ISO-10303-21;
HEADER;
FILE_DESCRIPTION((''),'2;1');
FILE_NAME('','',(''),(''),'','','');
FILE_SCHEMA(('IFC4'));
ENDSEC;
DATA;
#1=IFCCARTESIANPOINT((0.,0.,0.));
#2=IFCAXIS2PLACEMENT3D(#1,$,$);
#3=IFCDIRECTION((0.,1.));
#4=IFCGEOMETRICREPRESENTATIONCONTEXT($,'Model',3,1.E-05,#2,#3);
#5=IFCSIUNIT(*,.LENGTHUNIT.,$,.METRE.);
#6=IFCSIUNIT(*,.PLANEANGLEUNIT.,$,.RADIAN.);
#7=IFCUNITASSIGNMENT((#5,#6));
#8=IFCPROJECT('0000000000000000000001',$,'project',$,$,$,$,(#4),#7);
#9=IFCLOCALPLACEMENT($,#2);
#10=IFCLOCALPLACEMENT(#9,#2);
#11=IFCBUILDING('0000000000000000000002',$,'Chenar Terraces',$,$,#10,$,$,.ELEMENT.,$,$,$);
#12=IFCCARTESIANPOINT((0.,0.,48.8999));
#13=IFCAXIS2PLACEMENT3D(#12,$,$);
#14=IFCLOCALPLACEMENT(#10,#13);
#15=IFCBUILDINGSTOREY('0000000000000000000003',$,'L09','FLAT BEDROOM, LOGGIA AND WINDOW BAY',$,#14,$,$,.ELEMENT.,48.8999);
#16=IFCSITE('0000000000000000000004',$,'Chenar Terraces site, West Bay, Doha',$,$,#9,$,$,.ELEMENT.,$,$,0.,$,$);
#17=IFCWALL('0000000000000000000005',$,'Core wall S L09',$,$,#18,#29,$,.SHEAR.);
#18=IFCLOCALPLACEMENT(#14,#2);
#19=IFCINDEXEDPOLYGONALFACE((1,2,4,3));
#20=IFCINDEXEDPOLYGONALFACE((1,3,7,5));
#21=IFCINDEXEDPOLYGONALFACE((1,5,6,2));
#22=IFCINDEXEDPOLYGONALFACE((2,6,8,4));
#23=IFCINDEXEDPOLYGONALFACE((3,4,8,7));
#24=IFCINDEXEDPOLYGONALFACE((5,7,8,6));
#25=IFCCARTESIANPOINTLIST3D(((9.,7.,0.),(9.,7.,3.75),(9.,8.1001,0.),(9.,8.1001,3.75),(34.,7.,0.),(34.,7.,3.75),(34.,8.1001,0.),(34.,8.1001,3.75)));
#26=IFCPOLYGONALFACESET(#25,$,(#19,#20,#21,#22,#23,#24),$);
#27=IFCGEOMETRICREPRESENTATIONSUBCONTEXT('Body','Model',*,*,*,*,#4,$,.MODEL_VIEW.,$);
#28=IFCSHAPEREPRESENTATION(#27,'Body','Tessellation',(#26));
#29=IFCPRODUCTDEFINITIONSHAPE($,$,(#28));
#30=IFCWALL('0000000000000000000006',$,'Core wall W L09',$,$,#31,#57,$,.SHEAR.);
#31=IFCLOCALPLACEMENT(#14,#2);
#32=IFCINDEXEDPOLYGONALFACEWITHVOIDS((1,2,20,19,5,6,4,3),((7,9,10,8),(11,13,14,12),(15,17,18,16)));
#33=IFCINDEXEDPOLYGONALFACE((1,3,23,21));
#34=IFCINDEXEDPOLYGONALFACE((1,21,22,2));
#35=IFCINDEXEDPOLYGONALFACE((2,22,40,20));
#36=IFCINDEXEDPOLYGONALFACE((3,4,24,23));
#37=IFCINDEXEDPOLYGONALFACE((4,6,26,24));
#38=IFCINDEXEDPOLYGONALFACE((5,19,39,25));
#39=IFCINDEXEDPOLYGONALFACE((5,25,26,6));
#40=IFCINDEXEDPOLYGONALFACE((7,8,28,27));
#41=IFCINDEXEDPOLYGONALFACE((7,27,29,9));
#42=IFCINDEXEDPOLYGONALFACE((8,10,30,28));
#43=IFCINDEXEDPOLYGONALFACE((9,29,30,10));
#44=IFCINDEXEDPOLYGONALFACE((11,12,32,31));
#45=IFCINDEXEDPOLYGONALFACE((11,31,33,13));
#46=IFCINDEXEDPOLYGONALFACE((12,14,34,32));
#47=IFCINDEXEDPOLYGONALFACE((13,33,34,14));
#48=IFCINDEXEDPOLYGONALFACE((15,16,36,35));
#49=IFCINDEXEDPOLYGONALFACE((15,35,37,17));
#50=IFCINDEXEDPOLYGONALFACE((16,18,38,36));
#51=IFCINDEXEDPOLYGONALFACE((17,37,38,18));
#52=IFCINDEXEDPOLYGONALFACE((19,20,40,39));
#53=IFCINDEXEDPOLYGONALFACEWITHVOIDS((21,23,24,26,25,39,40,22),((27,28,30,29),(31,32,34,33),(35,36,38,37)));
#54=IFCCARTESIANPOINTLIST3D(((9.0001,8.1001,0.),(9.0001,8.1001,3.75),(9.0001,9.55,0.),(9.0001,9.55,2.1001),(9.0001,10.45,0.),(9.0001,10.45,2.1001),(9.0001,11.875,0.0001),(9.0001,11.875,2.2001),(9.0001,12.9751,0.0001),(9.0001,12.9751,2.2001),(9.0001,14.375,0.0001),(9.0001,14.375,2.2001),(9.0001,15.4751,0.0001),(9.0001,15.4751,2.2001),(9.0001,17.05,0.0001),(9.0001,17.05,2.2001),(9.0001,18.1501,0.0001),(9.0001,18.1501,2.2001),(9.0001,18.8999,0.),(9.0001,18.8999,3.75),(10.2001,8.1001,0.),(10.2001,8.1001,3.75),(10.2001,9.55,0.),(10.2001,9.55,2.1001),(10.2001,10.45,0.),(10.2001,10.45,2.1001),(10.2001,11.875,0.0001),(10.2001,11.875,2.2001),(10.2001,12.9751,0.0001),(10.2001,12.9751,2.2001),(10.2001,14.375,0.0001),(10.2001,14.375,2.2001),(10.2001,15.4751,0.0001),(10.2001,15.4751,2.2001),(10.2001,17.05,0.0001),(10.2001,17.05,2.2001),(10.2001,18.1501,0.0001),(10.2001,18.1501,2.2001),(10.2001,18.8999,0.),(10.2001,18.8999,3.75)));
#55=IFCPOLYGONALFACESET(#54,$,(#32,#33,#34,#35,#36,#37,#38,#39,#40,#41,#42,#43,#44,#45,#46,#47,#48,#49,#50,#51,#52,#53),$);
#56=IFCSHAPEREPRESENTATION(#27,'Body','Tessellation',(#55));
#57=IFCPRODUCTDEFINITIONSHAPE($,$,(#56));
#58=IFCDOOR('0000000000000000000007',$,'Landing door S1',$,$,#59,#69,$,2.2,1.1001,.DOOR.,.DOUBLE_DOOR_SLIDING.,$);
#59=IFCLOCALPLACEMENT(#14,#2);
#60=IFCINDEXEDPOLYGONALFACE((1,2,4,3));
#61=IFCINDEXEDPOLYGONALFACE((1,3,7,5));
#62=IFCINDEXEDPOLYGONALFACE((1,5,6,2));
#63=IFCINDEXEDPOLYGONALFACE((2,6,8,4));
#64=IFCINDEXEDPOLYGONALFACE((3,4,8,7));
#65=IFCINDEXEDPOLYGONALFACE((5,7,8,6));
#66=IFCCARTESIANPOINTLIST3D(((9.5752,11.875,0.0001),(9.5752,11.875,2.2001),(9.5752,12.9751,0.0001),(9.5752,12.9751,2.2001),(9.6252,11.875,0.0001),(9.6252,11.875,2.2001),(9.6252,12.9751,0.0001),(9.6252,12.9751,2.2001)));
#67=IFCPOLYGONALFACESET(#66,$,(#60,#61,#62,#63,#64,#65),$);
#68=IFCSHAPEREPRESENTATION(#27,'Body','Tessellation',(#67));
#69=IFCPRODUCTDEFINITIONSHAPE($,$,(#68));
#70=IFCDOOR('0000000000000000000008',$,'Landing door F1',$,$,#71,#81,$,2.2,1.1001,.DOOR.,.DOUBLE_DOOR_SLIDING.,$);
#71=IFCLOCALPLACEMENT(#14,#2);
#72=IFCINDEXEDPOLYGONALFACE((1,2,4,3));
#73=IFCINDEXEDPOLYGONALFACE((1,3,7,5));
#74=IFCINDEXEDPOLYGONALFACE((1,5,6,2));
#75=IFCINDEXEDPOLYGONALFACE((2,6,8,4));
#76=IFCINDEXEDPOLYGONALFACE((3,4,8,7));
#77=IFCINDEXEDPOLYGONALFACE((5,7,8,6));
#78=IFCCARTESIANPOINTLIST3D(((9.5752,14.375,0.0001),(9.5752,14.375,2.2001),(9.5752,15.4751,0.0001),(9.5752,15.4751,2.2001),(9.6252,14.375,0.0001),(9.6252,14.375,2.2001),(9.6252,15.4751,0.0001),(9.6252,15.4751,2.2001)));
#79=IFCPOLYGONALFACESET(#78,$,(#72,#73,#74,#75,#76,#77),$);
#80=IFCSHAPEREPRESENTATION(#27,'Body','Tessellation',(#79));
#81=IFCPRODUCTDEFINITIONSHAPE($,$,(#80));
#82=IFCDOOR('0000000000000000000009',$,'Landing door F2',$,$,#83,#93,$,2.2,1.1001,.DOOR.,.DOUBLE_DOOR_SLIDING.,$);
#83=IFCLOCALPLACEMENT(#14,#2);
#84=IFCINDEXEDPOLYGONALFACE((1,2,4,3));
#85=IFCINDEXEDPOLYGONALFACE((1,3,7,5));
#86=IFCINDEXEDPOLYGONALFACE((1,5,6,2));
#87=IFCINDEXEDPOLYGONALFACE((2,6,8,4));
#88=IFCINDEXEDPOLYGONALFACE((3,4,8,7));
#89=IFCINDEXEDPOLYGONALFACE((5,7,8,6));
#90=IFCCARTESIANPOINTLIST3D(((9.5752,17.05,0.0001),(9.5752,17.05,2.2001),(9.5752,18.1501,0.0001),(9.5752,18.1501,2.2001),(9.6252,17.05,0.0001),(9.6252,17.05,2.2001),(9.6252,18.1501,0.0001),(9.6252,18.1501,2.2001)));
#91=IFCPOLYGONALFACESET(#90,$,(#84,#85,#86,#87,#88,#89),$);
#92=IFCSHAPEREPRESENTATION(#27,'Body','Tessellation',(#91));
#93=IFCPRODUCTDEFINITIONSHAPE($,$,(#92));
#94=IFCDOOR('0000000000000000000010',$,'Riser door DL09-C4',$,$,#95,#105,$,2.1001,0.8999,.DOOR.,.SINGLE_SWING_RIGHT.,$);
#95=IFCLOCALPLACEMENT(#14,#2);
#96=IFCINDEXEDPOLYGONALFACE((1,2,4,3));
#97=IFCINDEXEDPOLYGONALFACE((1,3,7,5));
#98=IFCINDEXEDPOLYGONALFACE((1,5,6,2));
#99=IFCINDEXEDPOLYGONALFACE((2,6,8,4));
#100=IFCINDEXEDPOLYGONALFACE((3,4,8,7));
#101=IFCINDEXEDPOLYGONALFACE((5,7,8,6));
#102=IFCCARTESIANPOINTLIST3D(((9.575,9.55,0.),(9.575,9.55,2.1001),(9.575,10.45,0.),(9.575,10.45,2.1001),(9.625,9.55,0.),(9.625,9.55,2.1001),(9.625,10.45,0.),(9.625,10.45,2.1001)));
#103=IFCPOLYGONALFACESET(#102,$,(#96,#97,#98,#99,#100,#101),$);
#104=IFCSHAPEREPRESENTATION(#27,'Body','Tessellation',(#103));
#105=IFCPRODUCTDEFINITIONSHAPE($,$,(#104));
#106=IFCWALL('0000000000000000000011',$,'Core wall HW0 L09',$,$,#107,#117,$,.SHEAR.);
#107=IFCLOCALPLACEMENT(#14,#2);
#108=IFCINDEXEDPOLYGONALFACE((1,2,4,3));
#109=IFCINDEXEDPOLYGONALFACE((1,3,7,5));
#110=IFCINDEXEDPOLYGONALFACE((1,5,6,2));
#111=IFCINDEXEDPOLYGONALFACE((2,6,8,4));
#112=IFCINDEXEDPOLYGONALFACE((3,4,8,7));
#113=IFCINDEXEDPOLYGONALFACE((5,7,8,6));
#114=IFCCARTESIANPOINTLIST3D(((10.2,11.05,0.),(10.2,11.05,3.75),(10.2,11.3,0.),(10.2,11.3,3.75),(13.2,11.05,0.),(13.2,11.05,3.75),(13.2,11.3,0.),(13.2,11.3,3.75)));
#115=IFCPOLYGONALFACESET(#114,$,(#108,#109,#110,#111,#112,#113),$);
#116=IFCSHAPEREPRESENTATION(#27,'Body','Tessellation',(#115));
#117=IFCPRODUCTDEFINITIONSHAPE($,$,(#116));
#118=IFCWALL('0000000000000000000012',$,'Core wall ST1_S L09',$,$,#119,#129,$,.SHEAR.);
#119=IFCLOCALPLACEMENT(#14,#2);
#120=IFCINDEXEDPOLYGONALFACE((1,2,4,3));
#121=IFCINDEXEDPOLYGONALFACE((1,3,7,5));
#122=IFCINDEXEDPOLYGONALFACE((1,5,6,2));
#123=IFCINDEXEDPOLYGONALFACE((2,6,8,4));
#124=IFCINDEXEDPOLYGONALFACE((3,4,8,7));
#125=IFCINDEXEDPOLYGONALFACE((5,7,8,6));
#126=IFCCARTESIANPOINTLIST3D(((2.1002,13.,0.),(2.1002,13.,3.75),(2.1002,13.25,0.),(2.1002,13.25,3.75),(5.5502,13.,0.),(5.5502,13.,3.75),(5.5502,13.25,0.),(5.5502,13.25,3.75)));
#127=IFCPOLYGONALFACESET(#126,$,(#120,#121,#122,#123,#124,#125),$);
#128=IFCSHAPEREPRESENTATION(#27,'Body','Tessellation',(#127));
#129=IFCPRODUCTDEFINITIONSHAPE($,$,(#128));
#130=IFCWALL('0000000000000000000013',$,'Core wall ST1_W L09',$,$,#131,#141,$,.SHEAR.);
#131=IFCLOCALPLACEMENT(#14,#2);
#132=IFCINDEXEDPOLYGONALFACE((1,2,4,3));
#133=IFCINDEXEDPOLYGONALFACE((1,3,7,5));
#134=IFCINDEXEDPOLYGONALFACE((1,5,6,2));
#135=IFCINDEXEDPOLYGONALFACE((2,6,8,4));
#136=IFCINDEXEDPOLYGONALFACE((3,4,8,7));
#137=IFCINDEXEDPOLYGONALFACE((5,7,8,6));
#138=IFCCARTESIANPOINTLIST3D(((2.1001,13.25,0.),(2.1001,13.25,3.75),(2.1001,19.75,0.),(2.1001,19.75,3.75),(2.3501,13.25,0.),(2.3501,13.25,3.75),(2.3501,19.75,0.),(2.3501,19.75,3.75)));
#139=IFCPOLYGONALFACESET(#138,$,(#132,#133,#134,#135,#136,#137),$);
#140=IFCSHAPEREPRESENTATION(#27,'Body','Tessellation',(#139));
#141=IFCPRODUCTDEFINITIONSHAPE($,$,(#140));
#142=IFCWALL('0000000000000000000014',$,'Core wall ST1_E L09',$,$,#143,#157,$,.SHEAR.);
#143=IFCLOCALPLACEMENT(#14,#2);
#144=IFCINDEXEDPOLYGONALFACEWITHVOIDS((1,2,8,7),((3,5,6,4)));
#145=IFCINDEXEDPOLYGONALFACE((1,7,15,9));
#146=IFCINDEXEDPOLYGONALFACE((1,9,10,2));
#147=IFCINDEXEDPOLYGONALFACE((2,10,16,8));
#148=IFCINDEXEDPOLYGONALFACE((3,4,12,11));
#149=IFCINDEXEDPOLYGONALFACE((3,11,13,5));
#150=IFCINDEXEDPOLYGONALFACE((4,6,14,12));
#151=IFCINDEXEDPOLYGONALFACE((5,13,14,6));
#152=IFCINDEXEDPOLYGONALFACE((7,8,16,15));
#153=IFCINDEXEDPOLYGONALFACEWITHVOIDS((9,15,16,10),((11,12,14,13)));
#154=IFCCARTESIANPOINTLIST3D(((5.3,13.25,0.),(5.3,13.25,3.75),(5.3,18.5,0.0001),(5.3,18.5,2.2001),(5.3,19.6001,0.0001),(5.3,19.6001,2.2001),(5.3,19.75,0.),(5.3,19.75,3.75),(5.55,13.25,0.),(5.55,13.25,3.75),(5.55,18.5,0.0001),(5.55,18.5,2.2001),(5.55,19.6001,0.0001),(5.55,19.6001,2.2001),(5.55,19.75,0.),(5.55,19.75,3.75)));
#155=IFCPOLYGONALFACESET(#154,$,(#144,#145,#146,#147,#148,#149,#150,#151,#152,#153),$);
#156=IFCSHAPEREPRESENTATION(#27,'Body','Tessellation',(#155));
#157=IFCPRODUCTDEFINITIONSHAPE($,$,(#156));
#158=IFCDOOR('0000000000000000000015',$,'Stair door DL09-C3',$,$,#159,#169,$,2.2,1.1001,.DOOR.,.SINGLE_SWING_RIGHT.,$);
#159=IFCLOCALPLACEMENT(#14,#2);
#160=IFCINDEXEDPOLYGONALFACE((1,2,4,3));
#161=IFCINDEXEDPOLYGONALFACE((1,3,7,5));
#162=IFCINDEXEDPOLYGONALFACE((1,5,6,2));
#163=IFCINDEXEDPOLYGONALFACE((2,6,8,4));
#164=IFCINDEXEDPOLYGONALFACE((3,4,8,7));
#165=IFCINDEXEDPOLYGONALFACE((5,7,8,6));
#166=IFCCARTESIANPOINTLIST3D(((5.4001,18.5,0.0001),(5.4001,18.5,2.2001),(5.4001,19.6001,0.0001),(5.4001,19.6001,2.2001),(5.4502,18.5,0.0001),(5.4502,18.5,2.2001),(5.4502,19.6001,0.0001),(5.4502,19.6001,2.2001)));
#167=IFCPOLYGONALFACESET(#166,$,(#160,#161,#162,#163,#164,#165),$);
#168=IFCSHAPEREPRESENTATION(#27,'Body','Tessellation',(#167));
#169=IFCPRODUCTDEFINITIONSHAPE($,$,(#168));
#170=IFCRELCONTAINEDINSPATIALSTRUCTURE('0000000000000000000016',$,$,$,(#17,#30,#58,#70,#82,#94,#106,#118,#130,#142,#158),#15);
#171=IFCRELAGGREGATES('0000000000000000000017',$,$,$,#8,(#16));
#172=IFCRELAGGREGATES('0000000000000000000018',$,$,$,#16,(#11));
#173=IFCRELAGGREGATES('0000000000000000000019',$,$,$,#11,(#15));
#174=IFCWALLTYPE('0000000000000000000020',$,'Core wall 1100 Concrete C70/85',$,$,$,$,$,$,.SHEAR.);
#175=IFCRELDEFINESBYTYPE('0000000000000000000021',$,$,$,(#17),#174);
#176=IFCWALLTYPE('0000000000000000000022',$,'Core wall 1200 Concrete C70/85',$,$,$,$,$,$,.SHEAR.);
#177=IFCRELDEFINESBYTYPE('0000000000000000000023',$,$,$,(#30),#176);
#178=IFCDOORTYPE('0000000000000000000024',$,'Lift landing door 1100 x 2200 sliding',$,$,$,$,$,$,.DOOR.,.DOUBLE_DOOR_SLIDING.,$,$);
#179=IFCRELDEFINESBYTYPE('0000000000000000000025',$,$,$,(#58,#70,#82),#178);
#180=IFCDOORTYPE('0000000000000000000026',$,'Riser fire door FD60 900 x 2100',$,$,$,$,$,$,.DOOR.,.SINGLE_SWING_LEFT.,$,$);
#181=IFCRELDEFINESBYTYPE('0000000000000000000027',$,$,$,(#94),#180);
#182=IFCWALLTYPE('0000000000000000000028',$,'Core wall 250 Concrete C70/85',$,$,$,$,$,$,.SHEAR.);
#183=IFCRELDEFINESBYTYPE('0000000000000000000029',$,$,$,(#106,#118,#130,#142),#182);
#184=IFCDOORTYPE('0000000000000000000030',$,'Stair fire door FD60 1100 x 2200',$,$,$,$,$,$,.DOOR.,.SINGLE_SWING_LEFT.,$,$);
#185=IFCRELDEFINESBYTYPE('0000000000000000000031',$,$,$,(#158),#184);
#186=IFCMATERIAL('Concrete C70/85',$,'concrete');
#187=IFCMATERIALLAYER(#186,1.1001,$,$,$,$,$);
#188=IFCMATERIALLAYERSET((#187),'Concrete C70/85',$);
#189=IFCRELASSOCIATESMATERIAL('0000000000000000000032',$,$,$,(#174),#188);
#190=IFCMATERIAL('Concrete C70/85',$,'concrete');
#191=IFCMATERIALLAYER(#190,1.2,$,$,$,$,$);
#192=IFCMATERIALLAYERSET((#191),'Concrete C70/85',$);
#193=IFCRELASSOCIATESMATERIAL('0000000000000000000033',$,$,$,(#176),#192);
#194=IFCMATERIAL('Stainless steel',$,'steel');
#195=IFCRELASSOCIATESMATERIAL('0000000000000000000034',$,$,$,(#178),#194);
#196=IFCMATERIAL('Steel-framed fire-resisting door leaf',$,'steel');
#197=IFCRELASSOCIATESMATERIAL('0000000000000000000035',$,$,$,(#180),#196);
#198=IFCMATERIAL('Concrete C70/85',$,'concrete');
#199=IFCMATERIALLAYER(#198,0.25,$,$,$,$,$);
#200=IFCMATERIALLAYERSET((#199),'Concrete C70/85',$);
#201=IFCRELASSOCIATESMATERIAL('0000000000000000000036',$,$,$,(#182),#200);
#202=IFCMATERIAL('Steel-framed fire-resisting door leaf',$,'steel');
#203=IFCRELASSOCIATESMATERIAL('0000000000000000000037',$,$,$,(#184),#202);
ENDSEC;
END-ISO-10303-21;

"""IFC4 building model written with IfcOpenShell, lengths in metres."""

from ifc_helpers import new_model, si_unit, direction, frame, frame_2d, origin, place, context, subcontext, project, spatial, rectangle, extrude, material, layer, layer_set, type_object, element, fill, save


model = new_model("IFC4")

# Units and contexts
model_context = context("Model", 3, precision=1e-05, world=origin(), true_north=direction((0.0, 1.0)))
body_context = subcontext(model_context, "Body", "Model", "MODEL_VIEW")
ifc_project = project(units=[si_unit("LENGTHUNIT", "METRE"), si_unit("PLANEANGLEUNIT", "RADIAN")], contexts=[model_context])

# Site, building, storey
site_placement = place(None, origin())
site = spatial("IfcSite", under=ifc_project, at=site_placement, Name="Chenar Terraces site, West Bay, Doha", CompositionType="ELEMENT", RefElevation=0.0)
building_placement = place(site_placement, origin())
building = spatial("IfcBuilding", under=site, at=building_placement, Name="Chenar Terraces", CompositionType="ELEMENT")
storey_placement = place(building_placement, frame((0.0, 0.0, 48.8999)))
storey = spatial("IfcBuildingStorey", under=building, at=storey_placement, Name="L09", Description="FLAT BEDROOM, LOGGIA AND WINDOW BAY", CompositionType="ELEMENT", Elevation=48.8999)

# Wall
ifc_material_1 = material(Name="Concrete C70/85", Category="concrete")
ifc_layer_1 = layer(ifc_material_1, 1.1001)
ifc_layer_set_1 = layer_set([ifc_layer_1], Name="Concrete C70/85")
wall_type_1 = type_object("IfcWallType", Name="Core wall 1100 Concrete C70/85", PredefinedType="SHEAR", material=ifc_layer_set_1)
wall_1_placement = place(storey_placement, frame((9.0, 7.55, 0.0), z_axis=(0.0, 0.0, 1.0), x_axis=(1.0, 0.0, 0.0)))
element("IfcWall", 1, at=wall_1_placement, inside=storey, type_object=wall_type_1, Name="Core wall S L09", PredefinedType="SHEAR", context=body_context, shape_type="SweptSolid", body=[
    extrude(rectangle(XDim=25.0, YDim=1.1001, at=frame_2d((12.5, 0.0))), origin(), (0.0, 0.0, 1.0), 3.75),
])

# Wall, openings, doors
ifc_material_2 = material(Name="Concrete C70/85", Category="concrete")
ifc_layer_2 = layer(ifc_material_2, 1.2)
ifc_layer_set_2 = layer_set([ifc_layer_2], Name="Concrete C70/85")
wall_type_2 = type_object("IfcWallType", Name="Core wall 1200 Concrete C70/85", PredefinedType="SHEAR", material=ifc_layer_set_2)
wall_2_placement = place(storey_placement, frame((9.6001, 8.1001, 0.0), z_axis=(0.0, 0.0, 1.0), x_axis=(0.0, 1.0, 0.0)))
wall_2 = element("IfcWall", 2, at=wall_2_placement, inside=storey, type_object=wall_type_2, Name="Core wall W L09", PredefinedType="SHEAR", context=body_context, shape_type="SweptSolid", body=[
    extrude(rectangle(XDim=10.7998, YDim=1.2, at=frame_2d((5.3999, 0.0))), origin(), (0.0, 0.0, 1.0), 3.75),
])
opening_1_placement = place(wall_2_placement, frame((3.7749, 0.0, 0.0)))
opening_1 = element("IfcOpeningElement", 3, at=opening_1_placement, cuts=wall_2, PredefinedType="OPENING", context=body_context, shape_type="SweptSolid", body=[
    extrude(rectangle(XDim=1.1001, YDim=2.2, at=frame_2d((0.55, 1.1001))), frame((0.0, 0.6099, 0.0), z_axis=(0.0, -1.0, 0.0), x_axis=(1.0, 0.0, 0.0)), (0.0, 0.0, 1.0), 1.22),
])
opening_2_placement = place(wall_2_placement, frame((6.2749, 0.0, 0.0)))
opening_2 = element("IfcOpeningElement", 4, at=opening_2_placement, cuts=wall_2, PredefinedType="OPENING", context=body_context, shape_type="SweptSolid", body=[
    extrude(rectangle(XDim=1.1001, YDim=2.2, at=frame_2d((0.55, 1.1001))), frame((0.0, 0.6099, 0.0), z_axis=(0.0, -1.0, 0.0), x_axis=(1.0, 0.0, 0.0)), (0.0, 0.0, 1.0), 1.22),
])
opening_3_placement = place(wall_2_placement, frame((8.95, 0.0, 0.0)))
opening_3 = element("IfcOpeningElement", 5, at=opening_3_placement, cuts=wall_2, PredefinedType="OPENING", context=body_context, shape_type="SweptSolid", body=[
    extrude(rectangle(XDim=1.1001, YDim=2.2, at=frame_2d((0.55, 1.1001))), frame((0.0, 0.6099, 0.0), z_axis=(0.0, -1.0, 0.0), x_axis=(1.0, 0.0, 0.0)), (0.0, 0.0, 1.0), 1.22),
])
opening_4_placement = place(wall_2_placement, frame((1.45, 0.0, 0.0)))
opening_4 = element("IfcOpeningElement", 6, at=opening_4_placement, cuts=wall_2, PredefinedType="OPENING", context=body_context, shape_type="SweptSolid", body=[
    extrude(rectangle(XDim=0.8999, YDim=2.1001, at=frame_2d((0.45, 1.05))), frame((0.0, 0.6099, 0.0), z_axis=(0.0, -1.0, 0.0), x_axis=(1.0, 0.0, 0.0)), (0.0, 0.0, 1.0), 1.22),
])
ifc_material_3 = material(Name="Stainless steel", Category="steel")
door_type_1 = type_object("IfcDoorType", Name="Lift landing door 1100 x 2200 sliding", OperationType="DOUBLE_DOOR_SLIDING", PredefinedType="DOOR", material=ifc_material_3)
door_1_placement = place(opening_1_placement, origin())
door_1 = element("IfcDoor", 7, at=door_1_placement, inside=storey, type_object=door_type_1, Name="Landing door S1", OperationType="DOUBLE_DOOR_SLIDING", OverallHeight=2.2, OverallWidth=1.1001, PredefinedType="DOOR", context=body_context, shape_type="SweptSolid", body=[
    extrude(rectangle(XDim=1.1001, YDim=2.2, at=frame_2d((0.55, 1.1001))), frame((0.0, 0.0249, 0.0), z_axis=(0.0, -1.0, 0.0), x_axis=(1.0, 0.0, 0.0)), (0.0, 0.0, 1.0), 0.05),
])
fill(opening_1, door_1)
door_2_placement = place(opening_2_placement, origin())
door_2 = element("IfcDoor", 8, at=door_2_placement, inside=storey, type_object=door_type_1, Name="Landing door F1", OperationType="DOUBLE_DOOR_SLIDING", OverallHeight=2.2, OverallWidth=1.1001, PredefinedType="DOOR", context=body_context, shape_type="SweptSolid", body=[
    extrude(rectangle(XDim=1.1001, YDim=2.2, at=frame_2d((0.55, 1.1001))), frame((0.0, 0.0249, 0.0), z_axis=(0.0, -1.0, 0.0), x_axis=(1.0, 0.0, 0.0)), (0.0, 0.0, 1.0), 0.05),
])
fill(opening_2, door_2)
door_3_placement = place(opening_3_placement, origin())
door_3 = element("IfcDoor", 9, at=door_3_placement, inside=storey, type_object=door_type_1, Name="Landing door F2", OperationType="DOUBLE_DOOR_SLIDING", OverallHeight=2.2, OverallWidth=1.1001, PredefinedType="DOOR", context=body_context, shape_type="SweptSolid", body=[
    extrude(rectangle(XDim=1.1001, YDim=2.2, at=frame_2d((0.55, 1.1001))), frame((0.0, 0.0249, 0.0), z_axis=(0.0, -1.0, 0.0), x_axis=(1.0, 0.0, 0.0)), (0.0, 0.0, 1.0), 0.05),
])
fill(opening_3, door_3)
ifc_material_4 = material(Name="Steel-framed fire-resisting door leaf", Category="steel")
door_type_2 = type_object("IfcDoorType", Name="Riser fire door FD60 900 x 2100", OperationType="SINGLE_SWING_LEFT", PredefinedType="DOOR", material=ifc_material_4)
door_4_placement = place(opening_4_placement, frame((0.8999, 0.0, 0.0), z_axis=(0.0, 0.0, 1.0), x_axis=(-1.0, 0.0, 0.0)))
door_4 = element("IfcDoor", 10, at=door_4_placement, inside=storey, type_object=door_type_2, Name="Riser door DL09-C4", OperationType="SINGLE_SWING_RIGHT", OverallHeight=2.1001, OverallWidth=0.8999, PredefinedType="DOOR", context=body_context, shape_type="SweptSolid", body=[
    extrude(rectangle(XDim=0.8999, YDim=2.1001, at=frame_2d((0.45, 1.05))), frame((0.0, 0.0249, 0.0), z_axis=(0.0, -1.0, 0.0), x_axis=(1.0, 0.0, 0.0)), (0.0, 0.0, 1.0), 0.05),
])
fill(opening_4, door_4)

# Walls
ifc_material_5 = material(Name="Concrete C70/85", Category="concrete")
ifc_layer_3 = layer(ifc_material_5, 0.25)
ifc_layer_set_3 = layer_set([ifc_layer_3], Name="Concrete C70/85")
wall_type_3 = type_object("IfcWallType", Name="Core wall 250 Concrete C70/85", PredefinedType="SHEAR", material=ifc_layer_set_3)
wall_3_placement = place(storey_placement, frame((10.2, 11.175, 0.0), z_axis=(0.0, 0.0, 1.0), x_axis=(1.0, 0.0, 0.0)))
element("IfcWall", 11, at=wall_3_placement, inside=storey, type_object=wall_type_3, Name="Core wall HW0 L09", PredefinedType="SHEAR", context=body_context, shape_type="SweptSolid", body=[
    extrude(rectangle(XDim=3.0, YDim=0.25, at=frame_2d((1.5, 0.0))), origin(), (0.0, 0.0, 1.0), 3.75),
])
wall_4_placement = place(storey_placement, frame((2.1001, 13.125, 0.0), z_axis=(0.0, 0.0, 1.0), x_axis=(1.0, 0.0, 0.0)))
element("IfcWall", 12, at=wall_4_placement, inside=storey, type_object=wall_type_3, Name="Core wall ST1_S L09", PredefinedType="SHEAR", context=body_context, shape_type="SweptSolid", body=[
    extrude(rectangle(XDim=3.45, YDim=0.25, at=frame_2d((1.7251, 0.0))), origin(), (0.0, 0.0, 1.0), 3.75),
])
wall_5_placement = place(storey_placement, frame((2.2251, 13.25, 0.0), z_axis=(0.0, 0.0, 1.0), x_axis=(0.0, 1.0, 0.0)))
element("IfcWall", 13, at=wall_5_placement, inside=storey, type_object=wall_type_3, Name="Core wall ST1_W L09", PredefinedType="SHEAR", context=body_context, shape_type="SweptSolid", body=[
    extrude(rectangle(XDim=6.5, YDim=0.25, at=frame_2d((3.25, 0.0))), origin(), (0.0, 0.0, 1.0), 3.75),
])

# Wall, opening, door
wall_6_placement = place(storey_placement, frame((5.425, 13.25, 0.0), z_axis=(0.0, 0.0, 1.0), x_axis=(0.0, 1.0, 0.0)))
wall_6 = element("IfcWall", 14, at=wall_6_placement, inside=storey, type_object=wall_type_3, Name="Core wall ST1_E L09", PredefinedType="SHEAR", context=body_context, shape_type="SweptSolid", body=[
    extrude(rectangle(XDim=6.5, YDim=0.25, at=frame_2d((3.25, 0.0))), origin(), (0.0, 0.0, 1.0), 3.75),
])
opening_5_placement = place(wall_6_placement, frame((5.25, 0.0, 0.0)))
opening_5 = element("IfcOpeningElement", 15, at=opening_5_placement, cuts=wall_6, PredefinedType="OPENING", context=body_context, shape_type="SweptSolid", body=[
    extrude(rectangle(XDim=1.1001, YDim=2.2, at=frame_2d((0.55, 1.1001))), frame((0.0, 0.135, 0.0), z_axis=(0.0, -1.0, 0.0), x_axis=(1.0, 0.0, 0.0)), (0.0, 0.0, 1.0), 0.27),
])
ifc_material_6 = material(Name="Steel-framed fire-resisting door leaf", Category="steel")
door_type_3 = type_object("IfcDoorType", Name="Stair fire door FD60 1100 x 2200", OperationType="SINGLE_SWING_LEFT", PredefinedType="DOOR", material=ifc_material_6)
door_5_placement = place(opening_5_placement, origin())
door_5 = element("IfcDoor", 16, at=door_5_placement, inside=storey, type_object=door_type_3, Name="Stair door DL09-C3", OperationType="SINGLE_SWING_RIGHT", OverallHeight=2.2, OverallWidth=1.1001, PredefinedType="DOOR", context=body_context, shape_type="SweptSolid", body=[
    extrude(rectangle(XDim=1.1001, YDim=2.2, at=frame_2d((0.55, 1.1001))), frame((0.0, 0.0249, 0.0), z_axis=(0.0, -1.0, 0.0), x_axis=(1.0, 0.0, 0.0)), (0.0, 0.0, 1.0), 0.05),
])
fill(opening_5, door_5)

save(model, "model.ifc")
